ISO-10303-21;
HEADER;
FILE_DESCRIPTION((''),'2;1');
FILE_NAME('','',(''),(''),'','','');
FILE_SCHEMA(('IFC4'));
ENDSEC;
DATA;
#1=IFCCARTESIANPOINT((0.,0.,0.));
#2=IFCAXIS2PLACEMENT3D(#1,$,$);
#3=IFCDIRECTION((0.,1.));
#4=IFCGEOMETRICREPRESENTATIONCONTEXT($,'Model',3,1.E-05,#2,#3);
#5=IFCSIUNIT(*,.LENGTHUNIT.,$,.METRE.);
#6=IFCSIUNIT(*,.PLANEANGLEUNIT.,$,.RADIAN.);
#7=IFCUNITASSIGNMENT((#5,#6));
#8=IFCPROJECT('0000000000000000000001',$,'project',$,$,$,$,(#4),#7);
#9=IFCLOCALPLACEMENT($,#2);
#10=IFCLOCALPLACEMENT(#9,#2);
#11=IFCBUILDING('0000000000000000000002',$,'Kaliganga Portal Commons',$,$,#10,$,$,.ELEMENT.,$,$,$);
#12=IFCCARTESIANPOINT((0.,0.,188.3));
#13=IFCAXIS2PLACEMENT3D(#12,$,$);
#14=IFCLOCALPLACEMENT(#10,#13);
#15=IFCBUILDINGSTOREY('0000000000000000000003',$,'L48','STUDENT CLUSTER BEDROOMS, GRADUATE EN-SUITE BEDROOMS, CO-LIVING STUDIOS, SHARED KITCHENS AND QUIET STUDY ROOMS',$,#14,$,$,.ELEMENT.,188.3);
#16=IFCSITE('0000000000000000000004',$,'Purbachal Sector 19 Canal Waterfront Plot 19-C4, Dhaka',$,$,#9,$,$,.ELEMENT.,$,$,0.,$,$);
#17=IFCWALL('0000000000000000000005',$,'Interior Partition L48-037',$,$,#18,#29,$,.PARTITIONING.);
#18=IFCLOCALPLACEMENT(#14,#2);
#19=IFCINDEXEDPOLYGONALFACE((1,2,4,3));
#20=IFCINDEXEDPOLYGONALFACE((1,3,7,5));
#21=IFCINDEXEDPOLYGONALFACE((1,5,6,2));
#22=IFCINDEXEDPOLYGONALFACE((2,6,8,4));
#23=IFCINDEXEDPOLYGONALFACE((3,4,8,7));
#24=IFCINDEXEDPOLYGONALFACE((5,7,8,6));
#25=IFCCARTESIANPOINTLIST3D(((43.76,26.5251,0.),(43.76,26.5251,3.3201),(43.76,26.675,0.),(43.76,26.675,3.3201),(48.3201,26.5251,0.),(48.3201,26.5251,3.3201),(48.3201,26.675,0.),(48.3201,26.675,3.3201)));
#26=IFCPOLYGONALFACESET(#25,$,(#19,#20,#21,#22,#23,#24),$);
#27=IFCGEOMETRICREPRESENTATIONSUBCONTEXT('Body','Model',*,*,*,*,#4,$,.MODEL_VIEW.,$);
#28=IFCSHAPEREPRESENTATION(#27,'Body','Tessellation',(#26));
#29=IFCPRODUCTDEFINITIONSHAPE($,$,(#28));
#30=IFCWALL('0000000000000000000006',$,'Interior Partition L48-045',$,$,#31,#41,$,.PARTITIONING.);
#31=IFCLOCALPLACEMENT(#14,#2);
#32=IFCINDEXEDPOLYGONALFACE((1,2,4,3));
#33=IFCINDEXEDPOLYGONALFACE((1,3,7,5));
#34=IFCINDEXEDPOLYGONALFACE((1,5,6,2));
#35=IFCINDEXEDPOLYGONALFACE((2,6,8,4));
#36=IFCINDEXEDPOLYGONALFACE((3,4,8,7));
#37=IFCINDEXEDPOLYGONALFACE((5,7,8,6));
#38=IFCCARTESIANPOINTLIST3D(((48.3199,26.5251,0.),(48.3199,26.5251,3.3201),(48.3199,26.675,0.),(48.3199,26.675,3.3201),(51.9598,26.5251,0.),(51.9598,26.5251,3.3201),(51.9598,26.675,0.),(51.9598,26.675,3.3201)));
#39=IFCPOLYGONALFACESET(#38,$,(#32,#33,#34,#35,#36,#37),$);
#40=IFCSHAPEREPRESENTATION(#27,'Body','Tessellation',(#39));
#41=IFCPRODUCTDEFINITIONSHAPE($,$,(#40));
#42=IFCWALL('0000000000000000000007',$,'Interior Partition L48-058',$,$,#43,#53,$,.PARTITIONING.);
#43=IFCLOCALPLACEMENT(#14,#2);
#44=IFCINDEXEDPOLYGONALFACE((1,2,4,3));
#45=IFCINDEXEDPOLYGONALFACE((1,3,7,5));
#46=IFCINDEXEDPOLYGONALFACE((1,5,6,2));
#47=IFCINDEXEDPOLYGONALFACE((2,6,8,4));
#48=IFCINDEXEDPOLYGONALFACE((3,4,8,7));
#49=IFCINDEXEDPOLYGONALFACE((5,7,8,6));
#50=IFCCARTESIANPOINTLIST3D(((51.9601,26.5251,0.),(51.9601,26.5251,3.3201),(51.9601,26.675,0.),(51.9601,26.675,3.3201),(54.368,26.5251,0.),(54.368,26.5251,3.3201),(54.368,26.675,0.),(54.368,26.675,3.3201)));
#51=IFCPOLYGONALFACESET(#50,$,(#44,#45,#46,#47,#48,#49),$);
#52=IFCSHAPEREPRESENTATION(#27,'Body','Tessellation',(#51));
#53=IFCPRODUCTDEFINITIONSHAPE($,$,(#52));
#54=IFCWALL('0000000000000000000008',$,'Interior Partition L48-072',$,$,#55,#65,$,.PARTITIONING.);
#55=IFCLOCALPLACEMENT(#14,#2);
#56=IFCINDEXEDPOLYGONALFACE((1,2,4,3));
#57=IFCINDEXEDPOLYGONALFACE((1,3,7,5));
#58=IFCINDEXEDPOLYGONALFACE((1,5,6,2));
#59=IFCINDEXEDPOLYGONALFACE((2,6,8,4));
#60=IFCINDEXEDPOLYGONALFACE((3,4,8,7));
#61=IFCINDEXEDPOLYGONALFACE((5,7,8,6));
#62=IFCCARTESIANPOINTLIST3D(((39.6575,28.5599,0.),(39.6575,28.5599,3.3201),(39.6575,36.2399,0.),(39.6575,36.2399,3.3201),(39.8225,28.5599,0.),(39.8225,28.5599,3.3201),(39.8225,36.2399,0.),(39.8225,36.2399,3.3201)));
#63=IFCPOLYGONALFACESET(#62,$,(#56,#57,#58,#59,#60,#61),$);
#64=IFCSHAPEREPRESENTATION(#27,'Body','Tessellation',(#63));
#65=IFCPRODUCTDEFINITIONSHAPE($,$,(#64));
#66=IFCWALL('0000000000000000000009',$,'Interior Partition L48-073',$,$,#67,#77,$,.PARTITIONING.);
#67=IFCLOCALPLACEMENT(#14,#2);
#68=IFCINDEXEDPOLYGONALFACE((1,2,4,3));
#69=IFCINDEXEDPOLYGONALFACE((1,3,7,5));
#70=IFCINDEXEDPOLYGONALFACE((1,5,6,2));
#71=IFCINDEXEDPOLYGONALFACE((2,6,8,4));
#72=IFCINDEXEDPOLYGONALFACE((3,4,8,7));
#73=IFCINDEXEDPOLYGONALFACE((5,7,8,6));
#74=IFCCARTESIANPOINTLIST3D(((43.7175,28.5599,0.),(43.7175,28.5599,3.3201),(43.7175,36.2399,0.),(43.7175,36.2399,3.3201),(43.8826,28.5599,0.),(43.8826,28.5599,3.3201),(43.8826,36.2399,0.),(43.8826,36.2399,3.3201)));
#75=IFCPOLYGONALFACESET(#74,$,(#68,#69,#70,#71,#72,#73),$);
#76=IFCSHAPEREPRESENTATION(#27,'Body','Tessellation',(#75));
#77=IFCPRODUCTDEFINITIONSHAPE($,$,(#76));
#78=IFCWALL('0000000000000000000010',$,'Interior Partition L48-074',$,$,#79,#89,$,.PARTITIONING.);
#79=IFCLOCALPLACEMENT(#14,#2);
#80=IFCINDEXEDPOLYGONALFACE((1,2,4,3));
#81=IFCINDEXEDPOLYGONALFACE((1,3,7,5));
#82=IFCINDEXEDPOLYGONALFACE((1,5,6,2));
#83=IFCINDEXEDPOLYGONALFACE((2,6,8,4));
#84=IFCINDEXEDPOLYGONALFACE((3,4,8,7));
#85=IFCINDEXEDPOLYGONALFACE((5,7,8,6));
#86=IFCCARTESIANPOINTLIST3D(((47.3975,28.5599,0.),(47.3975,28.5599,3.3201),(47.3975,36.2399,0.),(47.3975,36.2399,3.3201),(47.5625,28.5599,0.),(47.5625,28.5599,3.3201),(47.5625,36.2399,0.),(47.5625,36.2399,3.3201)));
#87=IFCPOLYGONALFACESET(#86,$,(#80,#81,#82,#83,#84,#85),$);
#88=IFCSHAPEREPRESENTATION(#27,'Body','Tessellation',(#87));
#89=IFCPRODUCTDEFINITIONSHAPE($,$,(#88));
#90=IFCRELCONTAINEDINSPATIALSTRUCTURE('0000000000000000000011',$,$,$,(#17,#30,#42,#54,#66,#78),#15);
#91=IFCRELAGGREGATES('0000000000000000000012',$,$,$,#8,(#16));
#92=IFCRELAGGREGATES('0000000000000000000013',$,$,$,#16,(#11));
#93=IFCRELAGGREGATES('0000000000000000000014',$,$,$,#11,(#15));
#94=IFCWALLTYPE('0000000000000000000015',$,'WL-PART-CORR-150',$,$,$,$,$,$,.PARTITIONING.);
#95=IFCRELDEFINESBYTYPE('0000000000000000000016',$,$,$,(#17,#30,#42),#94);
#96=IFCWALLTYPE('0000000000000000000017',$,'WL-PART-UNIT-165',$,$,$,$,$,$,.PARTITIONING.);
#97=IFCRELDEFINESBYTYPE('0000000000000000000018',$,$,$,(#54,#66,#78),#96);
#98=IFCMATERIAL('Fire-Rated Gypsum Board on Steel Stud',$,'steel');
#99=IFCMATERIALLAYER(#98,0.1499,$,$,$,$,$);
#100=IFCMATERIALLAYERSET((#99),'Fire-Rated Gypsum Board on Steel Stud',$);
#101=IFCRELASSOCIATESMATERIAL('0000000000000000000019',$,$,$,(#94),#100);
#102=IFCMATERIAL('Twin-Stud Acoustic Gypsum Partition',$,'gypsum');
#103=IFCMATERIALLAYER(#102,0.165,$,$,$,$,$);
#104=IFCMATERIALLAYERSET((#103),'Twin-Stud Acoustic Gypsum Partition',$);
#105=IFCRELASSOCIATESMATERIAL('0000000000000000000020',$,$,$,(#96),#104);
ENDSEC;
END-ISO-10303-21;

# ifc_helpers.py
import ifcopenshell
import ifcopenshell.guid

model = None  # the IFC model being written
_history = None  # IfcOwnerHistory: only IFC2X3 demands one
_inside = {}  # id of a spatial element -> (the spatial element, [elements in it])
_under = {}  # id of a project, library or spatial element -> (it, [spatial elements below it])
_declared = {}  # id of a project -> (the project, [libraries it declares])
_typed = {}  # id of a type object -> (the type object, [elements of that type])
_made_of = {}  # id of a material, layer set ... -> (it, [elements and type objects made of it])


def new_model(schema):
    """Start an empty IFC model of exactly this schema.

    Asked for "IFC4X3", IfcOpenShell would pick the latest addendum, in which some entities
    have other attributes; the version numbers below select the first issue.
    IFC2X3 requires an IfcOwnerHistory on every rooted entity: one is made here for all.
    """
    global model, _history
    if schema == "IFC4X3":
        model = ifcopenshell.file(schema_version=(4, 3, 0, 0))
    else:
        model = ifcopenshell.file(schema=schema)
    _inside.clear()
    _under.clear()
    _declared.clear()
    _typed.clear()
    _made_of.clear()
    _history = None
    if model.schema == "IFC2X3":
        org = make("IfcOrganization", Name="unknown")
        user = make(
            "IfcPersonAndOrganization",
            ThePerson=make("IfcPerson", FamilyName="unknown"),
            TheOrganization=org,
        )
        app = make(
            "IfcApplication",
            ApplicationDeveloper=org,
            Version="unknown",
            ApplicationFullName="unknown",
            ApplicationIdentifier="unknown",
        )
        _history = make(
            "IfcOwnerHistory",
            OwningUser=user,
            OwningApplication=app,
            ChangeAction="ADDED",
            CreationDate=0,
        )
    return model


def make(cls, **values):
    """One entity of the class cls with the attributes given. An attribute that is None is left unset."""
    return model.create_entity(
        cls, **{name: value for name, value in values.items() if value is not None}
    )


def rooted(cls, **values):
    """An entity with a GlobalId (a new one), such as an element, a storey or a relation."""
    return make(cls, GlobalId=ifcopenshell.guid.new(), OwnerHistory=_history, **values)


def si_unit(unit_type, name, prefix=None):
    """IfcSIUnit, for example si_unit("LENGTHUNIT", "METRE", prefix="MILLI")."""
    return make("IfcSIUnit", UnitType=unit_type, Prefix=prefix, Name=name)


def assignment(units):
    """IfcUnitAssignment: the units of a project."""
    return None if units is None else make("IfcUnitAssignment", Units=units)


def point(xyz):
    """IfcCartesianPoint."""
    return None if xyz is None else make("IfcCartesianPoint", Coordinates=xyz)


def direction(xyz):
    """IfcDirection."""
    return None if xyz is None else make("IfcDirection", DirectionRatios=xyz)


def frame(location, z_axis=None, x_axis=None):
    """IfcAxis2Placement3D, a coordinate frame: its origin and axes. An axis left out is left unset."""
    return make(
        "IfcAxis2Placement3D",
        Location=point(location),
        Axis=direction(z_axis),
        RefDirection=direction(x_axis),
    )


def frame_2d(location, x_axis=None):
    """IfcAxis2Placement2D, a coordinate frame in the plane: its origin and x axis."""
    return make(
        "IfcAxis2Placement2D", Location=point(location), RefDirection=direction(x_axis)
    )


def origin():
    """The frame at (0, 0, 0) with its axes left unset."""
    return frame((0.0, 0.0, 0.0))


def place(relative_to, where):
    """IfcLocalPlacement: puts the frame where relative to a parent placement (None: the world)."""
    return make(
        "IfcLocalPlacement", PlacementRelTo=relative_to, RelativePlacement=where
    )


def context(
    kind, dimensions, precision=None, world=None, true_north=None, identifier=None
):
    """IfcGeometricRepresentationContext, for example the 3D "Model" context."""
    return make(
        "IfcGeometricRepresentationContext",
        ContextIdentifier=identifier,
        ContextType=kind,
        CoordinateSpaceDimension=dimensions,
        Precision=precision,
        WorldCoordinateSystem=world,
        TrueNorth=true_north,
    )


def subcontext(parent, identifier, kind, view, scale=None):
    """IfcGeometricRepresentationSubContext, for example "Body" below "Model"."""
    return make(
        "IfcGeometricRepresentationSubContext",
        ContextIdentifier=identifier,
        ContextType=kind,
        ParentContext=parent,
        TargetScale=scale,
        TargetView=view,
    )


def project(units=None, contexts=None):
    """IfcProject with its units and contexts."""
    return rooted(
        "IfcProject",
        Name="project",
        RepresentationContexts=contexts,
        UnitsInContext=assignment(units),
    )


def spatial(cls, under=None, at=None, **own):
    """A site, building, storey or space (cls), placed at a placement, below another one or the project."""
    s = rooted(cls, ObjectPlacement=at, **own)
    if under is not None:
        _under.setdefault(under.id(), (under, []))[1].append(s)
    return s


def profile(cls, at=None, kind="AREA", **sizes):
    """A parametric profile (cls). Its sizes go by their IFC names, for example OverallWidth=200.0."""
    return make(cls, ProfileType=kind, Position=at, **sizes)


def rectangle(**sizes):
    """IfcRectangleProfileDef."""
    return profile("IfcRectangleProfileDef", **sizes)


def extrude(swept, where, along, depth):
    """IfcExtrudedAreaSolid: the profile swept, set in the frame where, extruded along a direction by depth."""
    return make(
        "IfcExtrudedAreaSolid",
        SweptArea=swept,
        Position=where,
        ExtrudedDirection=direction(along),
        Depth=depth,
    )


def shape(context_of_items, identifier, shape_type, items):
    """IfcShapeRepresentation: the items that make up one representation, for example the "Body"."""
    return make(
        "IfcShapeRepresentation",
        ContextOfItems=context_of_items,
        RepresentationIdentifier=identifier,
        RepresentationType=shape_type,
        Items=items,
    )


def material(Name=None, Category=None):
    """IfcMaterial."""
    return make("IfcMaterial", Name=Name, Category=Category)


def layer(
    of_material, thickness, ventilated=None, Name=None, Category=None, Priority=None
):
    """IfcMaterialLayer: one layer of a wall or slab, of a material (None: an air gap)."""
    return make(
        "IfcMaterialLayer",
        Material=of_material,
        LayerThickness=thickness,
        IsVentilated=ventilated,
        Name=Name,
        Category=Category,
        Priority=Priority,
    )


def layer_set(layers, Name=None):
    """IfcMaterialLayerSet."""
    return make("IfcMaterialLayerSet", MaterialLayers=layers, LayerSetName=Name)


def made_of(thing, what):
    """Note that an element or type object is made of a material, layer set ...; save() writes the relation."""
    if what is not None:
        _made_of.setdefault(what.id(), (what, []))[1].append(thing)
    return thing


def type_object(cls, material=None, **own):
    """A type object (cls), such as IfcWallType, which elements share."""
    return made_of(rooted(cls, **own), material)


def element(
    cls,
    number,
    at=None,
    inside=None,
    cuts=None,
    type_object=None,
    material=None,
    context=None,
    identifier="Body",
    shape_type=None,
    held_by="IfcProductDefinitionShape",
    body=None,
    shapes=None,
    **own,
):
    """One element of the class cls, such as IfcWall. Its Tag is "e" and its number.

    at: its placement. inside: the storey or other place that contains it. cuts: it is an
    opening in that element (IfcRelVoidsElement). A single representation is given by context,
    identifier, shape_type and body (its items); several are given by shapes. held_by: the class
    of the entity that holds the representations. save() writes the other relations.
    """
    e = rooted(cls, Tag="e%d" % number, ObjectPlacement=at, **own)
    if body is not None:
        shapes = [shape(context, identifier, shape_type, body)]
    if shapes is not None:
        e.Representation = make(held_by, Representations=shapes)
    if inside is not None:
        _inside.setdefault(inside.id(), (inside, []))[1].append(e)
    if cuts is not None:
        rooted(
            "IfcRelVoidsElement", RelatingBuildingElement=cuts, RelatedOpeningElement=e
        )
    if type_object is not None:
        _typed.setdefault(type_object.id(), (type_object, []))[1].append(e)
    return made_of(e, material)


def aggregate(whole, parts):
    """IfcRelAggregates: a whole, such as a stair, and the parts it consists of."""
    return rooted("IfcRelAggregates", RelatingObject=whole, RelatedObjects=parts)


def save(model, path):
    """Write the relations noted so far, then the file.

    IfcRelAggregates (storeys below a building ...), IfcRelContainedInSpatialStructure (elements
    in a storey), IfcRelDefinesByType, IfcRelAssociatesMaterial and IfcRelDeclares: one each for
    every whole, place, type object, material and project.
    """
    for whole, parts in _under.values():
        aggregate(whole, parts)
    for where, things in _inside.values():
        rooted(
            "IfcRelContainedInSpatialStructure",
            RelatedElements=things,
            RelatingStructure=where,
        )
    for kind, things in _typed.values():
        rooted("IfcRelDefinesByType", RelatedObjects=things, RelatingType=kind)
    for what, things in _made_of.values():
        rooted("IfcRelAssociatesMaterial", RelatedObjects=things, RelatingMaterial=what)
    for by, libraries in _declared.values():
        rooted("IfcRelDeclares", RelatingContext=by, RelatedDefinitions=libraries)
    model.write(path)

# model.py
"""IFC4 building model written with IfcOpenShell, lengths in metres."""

from ifc_helpers import new_model, si_unit, direction, frame, frame_2d, origin, place, context, subcontext, project, spatial, rectangle, extrude, material, layer, layer_set, type_object, element, save


model = new_model("IFC4")

# Units and contexts
model_context = context("Model", 3, precision=1e-05, world=origin(), true_north=direction((0.0, 1.0)))
body_context = subcontext(model_context, "Body", "Model", "MODEL_VIEW")
ifc_project = project(units=[si_unit("LENGTHUNIT", "METRE"), si_unit("PLANEANGLEUNIT", "RADIAN")], contexts=[model_context])

# Site, building, storey
site_placement = place(None, origin())
site = spatial("IfcSite", under=ifc_project, at=site_placement, Name="Purbachal Sector 19 Canal Waterfront Plot 19-C4, Dhaka", CompositionType="ELEMENT", RefElevation=0.0)
building_placement = place(site_placement, origin())
building = spatial("IfcBuilding", under=site, at=building_placement, Name="Kaliganga Portal Commons", CompositionType="ELEMENT")
storey_placement = place(building_placement, frame((0.0, 0.0, 188.3)))
storey = spatial("IfcBuildingStorey", under=building, at=storey_placement, Name="L48", Description="STUDENT CLUSTER BEDROOMS, GRADUATE EN-SUITE BEDROOMS, CO-LIVING STUDIOS, SHARED KITCHENS AND QUIET STUDY ROOMS", CompositionType="ELEMENT", Elevation=188.3)

# Shared definitions
ifc_material_1 = material(Name="Fire-Rated Gypsum Board on Steel Stud", Category="steel")
ifc_layer_1 = layer(ifc_material_1, 0.1499)
ifc_layer_set_1 = layer_set([ifc_layer_1], Name="Fire-Rated Gypsum Board on Steel Stud")
wall_type_1 = type_object("IfcWallType", Name="WL-PART-CORR-150", PredefinedType="PARTITIONING", material=ifc_layer_set_1)

# Wall
wall_1_placement = place(storey_placement, frame((43.76, 26.6001, 0.0), z_axis=(0.0, 0.0, 1.0), x_axis=(1.0, 0.0, 0.0)))
element("IfcWall", 1, at=wall_1_placement, inside=storey, type_object=wall_type_1, Name="Interior Partition L48-037", PredefinedType="PARTITIONING", context=body_context, shape_type="SweptSolid", body=[
    extrude(rectangle(XDim=4.5601, YDim=0.1499, at=frame_2d((2.28, 0.0))), origin(), (0.0, 0.0, 1.0), 3.3201),
])

# Walls
wall_2_placement = place(storey_placement, frame((48.3201, 26.6001, 0.0), z_axis=(0.0, 0.0, 1.0), x_axis=(1.0, 0.0, 0.0)))
element("IfcWall", 2, at=wall_2_placement, inside=storey, type_object=wall_type_1, Name="Interior Partition L48-045", PredefinedType="PARTITIONING", context=body_context, shape_type="SweptSolid", body=[
    extrude(rectangle(XDim=3.6399, YDim=0.1499, at=frame_2d((1.8198, 0.0))), origin(), (0.0, 0.0, 1.0), 3.3201),
])
wall_3_placement = place(storey_placement, frame((51.96, 26.6001, 0.0), z_axis=(0.0, 0.0, 1.0), x_axis=(1.0, 0.0, 0.0)))
element("IfcWall", 3, at=wall_3_placement, inside=storey, type_object=wall_type_1, Name="Interior Partition L48-058", PredefinedType="PARTITIONING", context=body_context, shape_type="SweptSolid", body=[
    extrude(rectangle(XDim=2.408, YDim=0.1499, at=frame_2d((1.2041, 0.0))), origin(), (0.0, 0.0, 1.0), 3.3201),
])
ifc_material_2 = material(Name="Twin-Stud Acoustic Gypsum Partition", Category="gypsum")
ifc_layer_2 = layer(ifc_material_2, 0.165)
ifc_layer_set_2 = layer_set([ifc_layer_2], Name="Twin-Stud Acoustic Gypsum Partition")
wall_type_2 = type_object("IfcWallType", Name="WL-PART-UNIT-165", PredefinedType="PARTITIONING", material=ifc_layer_set_2)
for number, where, z_axis, x_axis, name in (
    (4, (39.74, 28.5601, 0.0), (0.0, 0.0, 1.0), (0.0, 1.0, 0.0), "Interior Partition L48-072"),
    (5, (43.8, 28.5601, 0.0), (0.0, 0.0, 1.0), (0.0, 1.0, 0.0), "Interior Partition L48-073"),
    (6, (47.48, 28.5601, 0.0), (0.0, 0.0, 1.0), (0.0, 1.0, 0.0), "Interior Partition L48-074"),
):
    element("IfcWall", number, at=place(storey_placement, frame(where, z_axis=z_axis, x_axis=x_axis)), inside=storey, type_object=wall_type_2, Name=name, PredefinedType="PARTITIONING", context=body_context, shape_type="SweptSolid", body=[
        extrude(rectangle(XDim=7.6799, YDim=0.165, at=frame_2d((3.8398, 0.0))), origin(), (0.0, 0.0, 1.0), 3.3201),
    ])

save(model, "model.ifc")
